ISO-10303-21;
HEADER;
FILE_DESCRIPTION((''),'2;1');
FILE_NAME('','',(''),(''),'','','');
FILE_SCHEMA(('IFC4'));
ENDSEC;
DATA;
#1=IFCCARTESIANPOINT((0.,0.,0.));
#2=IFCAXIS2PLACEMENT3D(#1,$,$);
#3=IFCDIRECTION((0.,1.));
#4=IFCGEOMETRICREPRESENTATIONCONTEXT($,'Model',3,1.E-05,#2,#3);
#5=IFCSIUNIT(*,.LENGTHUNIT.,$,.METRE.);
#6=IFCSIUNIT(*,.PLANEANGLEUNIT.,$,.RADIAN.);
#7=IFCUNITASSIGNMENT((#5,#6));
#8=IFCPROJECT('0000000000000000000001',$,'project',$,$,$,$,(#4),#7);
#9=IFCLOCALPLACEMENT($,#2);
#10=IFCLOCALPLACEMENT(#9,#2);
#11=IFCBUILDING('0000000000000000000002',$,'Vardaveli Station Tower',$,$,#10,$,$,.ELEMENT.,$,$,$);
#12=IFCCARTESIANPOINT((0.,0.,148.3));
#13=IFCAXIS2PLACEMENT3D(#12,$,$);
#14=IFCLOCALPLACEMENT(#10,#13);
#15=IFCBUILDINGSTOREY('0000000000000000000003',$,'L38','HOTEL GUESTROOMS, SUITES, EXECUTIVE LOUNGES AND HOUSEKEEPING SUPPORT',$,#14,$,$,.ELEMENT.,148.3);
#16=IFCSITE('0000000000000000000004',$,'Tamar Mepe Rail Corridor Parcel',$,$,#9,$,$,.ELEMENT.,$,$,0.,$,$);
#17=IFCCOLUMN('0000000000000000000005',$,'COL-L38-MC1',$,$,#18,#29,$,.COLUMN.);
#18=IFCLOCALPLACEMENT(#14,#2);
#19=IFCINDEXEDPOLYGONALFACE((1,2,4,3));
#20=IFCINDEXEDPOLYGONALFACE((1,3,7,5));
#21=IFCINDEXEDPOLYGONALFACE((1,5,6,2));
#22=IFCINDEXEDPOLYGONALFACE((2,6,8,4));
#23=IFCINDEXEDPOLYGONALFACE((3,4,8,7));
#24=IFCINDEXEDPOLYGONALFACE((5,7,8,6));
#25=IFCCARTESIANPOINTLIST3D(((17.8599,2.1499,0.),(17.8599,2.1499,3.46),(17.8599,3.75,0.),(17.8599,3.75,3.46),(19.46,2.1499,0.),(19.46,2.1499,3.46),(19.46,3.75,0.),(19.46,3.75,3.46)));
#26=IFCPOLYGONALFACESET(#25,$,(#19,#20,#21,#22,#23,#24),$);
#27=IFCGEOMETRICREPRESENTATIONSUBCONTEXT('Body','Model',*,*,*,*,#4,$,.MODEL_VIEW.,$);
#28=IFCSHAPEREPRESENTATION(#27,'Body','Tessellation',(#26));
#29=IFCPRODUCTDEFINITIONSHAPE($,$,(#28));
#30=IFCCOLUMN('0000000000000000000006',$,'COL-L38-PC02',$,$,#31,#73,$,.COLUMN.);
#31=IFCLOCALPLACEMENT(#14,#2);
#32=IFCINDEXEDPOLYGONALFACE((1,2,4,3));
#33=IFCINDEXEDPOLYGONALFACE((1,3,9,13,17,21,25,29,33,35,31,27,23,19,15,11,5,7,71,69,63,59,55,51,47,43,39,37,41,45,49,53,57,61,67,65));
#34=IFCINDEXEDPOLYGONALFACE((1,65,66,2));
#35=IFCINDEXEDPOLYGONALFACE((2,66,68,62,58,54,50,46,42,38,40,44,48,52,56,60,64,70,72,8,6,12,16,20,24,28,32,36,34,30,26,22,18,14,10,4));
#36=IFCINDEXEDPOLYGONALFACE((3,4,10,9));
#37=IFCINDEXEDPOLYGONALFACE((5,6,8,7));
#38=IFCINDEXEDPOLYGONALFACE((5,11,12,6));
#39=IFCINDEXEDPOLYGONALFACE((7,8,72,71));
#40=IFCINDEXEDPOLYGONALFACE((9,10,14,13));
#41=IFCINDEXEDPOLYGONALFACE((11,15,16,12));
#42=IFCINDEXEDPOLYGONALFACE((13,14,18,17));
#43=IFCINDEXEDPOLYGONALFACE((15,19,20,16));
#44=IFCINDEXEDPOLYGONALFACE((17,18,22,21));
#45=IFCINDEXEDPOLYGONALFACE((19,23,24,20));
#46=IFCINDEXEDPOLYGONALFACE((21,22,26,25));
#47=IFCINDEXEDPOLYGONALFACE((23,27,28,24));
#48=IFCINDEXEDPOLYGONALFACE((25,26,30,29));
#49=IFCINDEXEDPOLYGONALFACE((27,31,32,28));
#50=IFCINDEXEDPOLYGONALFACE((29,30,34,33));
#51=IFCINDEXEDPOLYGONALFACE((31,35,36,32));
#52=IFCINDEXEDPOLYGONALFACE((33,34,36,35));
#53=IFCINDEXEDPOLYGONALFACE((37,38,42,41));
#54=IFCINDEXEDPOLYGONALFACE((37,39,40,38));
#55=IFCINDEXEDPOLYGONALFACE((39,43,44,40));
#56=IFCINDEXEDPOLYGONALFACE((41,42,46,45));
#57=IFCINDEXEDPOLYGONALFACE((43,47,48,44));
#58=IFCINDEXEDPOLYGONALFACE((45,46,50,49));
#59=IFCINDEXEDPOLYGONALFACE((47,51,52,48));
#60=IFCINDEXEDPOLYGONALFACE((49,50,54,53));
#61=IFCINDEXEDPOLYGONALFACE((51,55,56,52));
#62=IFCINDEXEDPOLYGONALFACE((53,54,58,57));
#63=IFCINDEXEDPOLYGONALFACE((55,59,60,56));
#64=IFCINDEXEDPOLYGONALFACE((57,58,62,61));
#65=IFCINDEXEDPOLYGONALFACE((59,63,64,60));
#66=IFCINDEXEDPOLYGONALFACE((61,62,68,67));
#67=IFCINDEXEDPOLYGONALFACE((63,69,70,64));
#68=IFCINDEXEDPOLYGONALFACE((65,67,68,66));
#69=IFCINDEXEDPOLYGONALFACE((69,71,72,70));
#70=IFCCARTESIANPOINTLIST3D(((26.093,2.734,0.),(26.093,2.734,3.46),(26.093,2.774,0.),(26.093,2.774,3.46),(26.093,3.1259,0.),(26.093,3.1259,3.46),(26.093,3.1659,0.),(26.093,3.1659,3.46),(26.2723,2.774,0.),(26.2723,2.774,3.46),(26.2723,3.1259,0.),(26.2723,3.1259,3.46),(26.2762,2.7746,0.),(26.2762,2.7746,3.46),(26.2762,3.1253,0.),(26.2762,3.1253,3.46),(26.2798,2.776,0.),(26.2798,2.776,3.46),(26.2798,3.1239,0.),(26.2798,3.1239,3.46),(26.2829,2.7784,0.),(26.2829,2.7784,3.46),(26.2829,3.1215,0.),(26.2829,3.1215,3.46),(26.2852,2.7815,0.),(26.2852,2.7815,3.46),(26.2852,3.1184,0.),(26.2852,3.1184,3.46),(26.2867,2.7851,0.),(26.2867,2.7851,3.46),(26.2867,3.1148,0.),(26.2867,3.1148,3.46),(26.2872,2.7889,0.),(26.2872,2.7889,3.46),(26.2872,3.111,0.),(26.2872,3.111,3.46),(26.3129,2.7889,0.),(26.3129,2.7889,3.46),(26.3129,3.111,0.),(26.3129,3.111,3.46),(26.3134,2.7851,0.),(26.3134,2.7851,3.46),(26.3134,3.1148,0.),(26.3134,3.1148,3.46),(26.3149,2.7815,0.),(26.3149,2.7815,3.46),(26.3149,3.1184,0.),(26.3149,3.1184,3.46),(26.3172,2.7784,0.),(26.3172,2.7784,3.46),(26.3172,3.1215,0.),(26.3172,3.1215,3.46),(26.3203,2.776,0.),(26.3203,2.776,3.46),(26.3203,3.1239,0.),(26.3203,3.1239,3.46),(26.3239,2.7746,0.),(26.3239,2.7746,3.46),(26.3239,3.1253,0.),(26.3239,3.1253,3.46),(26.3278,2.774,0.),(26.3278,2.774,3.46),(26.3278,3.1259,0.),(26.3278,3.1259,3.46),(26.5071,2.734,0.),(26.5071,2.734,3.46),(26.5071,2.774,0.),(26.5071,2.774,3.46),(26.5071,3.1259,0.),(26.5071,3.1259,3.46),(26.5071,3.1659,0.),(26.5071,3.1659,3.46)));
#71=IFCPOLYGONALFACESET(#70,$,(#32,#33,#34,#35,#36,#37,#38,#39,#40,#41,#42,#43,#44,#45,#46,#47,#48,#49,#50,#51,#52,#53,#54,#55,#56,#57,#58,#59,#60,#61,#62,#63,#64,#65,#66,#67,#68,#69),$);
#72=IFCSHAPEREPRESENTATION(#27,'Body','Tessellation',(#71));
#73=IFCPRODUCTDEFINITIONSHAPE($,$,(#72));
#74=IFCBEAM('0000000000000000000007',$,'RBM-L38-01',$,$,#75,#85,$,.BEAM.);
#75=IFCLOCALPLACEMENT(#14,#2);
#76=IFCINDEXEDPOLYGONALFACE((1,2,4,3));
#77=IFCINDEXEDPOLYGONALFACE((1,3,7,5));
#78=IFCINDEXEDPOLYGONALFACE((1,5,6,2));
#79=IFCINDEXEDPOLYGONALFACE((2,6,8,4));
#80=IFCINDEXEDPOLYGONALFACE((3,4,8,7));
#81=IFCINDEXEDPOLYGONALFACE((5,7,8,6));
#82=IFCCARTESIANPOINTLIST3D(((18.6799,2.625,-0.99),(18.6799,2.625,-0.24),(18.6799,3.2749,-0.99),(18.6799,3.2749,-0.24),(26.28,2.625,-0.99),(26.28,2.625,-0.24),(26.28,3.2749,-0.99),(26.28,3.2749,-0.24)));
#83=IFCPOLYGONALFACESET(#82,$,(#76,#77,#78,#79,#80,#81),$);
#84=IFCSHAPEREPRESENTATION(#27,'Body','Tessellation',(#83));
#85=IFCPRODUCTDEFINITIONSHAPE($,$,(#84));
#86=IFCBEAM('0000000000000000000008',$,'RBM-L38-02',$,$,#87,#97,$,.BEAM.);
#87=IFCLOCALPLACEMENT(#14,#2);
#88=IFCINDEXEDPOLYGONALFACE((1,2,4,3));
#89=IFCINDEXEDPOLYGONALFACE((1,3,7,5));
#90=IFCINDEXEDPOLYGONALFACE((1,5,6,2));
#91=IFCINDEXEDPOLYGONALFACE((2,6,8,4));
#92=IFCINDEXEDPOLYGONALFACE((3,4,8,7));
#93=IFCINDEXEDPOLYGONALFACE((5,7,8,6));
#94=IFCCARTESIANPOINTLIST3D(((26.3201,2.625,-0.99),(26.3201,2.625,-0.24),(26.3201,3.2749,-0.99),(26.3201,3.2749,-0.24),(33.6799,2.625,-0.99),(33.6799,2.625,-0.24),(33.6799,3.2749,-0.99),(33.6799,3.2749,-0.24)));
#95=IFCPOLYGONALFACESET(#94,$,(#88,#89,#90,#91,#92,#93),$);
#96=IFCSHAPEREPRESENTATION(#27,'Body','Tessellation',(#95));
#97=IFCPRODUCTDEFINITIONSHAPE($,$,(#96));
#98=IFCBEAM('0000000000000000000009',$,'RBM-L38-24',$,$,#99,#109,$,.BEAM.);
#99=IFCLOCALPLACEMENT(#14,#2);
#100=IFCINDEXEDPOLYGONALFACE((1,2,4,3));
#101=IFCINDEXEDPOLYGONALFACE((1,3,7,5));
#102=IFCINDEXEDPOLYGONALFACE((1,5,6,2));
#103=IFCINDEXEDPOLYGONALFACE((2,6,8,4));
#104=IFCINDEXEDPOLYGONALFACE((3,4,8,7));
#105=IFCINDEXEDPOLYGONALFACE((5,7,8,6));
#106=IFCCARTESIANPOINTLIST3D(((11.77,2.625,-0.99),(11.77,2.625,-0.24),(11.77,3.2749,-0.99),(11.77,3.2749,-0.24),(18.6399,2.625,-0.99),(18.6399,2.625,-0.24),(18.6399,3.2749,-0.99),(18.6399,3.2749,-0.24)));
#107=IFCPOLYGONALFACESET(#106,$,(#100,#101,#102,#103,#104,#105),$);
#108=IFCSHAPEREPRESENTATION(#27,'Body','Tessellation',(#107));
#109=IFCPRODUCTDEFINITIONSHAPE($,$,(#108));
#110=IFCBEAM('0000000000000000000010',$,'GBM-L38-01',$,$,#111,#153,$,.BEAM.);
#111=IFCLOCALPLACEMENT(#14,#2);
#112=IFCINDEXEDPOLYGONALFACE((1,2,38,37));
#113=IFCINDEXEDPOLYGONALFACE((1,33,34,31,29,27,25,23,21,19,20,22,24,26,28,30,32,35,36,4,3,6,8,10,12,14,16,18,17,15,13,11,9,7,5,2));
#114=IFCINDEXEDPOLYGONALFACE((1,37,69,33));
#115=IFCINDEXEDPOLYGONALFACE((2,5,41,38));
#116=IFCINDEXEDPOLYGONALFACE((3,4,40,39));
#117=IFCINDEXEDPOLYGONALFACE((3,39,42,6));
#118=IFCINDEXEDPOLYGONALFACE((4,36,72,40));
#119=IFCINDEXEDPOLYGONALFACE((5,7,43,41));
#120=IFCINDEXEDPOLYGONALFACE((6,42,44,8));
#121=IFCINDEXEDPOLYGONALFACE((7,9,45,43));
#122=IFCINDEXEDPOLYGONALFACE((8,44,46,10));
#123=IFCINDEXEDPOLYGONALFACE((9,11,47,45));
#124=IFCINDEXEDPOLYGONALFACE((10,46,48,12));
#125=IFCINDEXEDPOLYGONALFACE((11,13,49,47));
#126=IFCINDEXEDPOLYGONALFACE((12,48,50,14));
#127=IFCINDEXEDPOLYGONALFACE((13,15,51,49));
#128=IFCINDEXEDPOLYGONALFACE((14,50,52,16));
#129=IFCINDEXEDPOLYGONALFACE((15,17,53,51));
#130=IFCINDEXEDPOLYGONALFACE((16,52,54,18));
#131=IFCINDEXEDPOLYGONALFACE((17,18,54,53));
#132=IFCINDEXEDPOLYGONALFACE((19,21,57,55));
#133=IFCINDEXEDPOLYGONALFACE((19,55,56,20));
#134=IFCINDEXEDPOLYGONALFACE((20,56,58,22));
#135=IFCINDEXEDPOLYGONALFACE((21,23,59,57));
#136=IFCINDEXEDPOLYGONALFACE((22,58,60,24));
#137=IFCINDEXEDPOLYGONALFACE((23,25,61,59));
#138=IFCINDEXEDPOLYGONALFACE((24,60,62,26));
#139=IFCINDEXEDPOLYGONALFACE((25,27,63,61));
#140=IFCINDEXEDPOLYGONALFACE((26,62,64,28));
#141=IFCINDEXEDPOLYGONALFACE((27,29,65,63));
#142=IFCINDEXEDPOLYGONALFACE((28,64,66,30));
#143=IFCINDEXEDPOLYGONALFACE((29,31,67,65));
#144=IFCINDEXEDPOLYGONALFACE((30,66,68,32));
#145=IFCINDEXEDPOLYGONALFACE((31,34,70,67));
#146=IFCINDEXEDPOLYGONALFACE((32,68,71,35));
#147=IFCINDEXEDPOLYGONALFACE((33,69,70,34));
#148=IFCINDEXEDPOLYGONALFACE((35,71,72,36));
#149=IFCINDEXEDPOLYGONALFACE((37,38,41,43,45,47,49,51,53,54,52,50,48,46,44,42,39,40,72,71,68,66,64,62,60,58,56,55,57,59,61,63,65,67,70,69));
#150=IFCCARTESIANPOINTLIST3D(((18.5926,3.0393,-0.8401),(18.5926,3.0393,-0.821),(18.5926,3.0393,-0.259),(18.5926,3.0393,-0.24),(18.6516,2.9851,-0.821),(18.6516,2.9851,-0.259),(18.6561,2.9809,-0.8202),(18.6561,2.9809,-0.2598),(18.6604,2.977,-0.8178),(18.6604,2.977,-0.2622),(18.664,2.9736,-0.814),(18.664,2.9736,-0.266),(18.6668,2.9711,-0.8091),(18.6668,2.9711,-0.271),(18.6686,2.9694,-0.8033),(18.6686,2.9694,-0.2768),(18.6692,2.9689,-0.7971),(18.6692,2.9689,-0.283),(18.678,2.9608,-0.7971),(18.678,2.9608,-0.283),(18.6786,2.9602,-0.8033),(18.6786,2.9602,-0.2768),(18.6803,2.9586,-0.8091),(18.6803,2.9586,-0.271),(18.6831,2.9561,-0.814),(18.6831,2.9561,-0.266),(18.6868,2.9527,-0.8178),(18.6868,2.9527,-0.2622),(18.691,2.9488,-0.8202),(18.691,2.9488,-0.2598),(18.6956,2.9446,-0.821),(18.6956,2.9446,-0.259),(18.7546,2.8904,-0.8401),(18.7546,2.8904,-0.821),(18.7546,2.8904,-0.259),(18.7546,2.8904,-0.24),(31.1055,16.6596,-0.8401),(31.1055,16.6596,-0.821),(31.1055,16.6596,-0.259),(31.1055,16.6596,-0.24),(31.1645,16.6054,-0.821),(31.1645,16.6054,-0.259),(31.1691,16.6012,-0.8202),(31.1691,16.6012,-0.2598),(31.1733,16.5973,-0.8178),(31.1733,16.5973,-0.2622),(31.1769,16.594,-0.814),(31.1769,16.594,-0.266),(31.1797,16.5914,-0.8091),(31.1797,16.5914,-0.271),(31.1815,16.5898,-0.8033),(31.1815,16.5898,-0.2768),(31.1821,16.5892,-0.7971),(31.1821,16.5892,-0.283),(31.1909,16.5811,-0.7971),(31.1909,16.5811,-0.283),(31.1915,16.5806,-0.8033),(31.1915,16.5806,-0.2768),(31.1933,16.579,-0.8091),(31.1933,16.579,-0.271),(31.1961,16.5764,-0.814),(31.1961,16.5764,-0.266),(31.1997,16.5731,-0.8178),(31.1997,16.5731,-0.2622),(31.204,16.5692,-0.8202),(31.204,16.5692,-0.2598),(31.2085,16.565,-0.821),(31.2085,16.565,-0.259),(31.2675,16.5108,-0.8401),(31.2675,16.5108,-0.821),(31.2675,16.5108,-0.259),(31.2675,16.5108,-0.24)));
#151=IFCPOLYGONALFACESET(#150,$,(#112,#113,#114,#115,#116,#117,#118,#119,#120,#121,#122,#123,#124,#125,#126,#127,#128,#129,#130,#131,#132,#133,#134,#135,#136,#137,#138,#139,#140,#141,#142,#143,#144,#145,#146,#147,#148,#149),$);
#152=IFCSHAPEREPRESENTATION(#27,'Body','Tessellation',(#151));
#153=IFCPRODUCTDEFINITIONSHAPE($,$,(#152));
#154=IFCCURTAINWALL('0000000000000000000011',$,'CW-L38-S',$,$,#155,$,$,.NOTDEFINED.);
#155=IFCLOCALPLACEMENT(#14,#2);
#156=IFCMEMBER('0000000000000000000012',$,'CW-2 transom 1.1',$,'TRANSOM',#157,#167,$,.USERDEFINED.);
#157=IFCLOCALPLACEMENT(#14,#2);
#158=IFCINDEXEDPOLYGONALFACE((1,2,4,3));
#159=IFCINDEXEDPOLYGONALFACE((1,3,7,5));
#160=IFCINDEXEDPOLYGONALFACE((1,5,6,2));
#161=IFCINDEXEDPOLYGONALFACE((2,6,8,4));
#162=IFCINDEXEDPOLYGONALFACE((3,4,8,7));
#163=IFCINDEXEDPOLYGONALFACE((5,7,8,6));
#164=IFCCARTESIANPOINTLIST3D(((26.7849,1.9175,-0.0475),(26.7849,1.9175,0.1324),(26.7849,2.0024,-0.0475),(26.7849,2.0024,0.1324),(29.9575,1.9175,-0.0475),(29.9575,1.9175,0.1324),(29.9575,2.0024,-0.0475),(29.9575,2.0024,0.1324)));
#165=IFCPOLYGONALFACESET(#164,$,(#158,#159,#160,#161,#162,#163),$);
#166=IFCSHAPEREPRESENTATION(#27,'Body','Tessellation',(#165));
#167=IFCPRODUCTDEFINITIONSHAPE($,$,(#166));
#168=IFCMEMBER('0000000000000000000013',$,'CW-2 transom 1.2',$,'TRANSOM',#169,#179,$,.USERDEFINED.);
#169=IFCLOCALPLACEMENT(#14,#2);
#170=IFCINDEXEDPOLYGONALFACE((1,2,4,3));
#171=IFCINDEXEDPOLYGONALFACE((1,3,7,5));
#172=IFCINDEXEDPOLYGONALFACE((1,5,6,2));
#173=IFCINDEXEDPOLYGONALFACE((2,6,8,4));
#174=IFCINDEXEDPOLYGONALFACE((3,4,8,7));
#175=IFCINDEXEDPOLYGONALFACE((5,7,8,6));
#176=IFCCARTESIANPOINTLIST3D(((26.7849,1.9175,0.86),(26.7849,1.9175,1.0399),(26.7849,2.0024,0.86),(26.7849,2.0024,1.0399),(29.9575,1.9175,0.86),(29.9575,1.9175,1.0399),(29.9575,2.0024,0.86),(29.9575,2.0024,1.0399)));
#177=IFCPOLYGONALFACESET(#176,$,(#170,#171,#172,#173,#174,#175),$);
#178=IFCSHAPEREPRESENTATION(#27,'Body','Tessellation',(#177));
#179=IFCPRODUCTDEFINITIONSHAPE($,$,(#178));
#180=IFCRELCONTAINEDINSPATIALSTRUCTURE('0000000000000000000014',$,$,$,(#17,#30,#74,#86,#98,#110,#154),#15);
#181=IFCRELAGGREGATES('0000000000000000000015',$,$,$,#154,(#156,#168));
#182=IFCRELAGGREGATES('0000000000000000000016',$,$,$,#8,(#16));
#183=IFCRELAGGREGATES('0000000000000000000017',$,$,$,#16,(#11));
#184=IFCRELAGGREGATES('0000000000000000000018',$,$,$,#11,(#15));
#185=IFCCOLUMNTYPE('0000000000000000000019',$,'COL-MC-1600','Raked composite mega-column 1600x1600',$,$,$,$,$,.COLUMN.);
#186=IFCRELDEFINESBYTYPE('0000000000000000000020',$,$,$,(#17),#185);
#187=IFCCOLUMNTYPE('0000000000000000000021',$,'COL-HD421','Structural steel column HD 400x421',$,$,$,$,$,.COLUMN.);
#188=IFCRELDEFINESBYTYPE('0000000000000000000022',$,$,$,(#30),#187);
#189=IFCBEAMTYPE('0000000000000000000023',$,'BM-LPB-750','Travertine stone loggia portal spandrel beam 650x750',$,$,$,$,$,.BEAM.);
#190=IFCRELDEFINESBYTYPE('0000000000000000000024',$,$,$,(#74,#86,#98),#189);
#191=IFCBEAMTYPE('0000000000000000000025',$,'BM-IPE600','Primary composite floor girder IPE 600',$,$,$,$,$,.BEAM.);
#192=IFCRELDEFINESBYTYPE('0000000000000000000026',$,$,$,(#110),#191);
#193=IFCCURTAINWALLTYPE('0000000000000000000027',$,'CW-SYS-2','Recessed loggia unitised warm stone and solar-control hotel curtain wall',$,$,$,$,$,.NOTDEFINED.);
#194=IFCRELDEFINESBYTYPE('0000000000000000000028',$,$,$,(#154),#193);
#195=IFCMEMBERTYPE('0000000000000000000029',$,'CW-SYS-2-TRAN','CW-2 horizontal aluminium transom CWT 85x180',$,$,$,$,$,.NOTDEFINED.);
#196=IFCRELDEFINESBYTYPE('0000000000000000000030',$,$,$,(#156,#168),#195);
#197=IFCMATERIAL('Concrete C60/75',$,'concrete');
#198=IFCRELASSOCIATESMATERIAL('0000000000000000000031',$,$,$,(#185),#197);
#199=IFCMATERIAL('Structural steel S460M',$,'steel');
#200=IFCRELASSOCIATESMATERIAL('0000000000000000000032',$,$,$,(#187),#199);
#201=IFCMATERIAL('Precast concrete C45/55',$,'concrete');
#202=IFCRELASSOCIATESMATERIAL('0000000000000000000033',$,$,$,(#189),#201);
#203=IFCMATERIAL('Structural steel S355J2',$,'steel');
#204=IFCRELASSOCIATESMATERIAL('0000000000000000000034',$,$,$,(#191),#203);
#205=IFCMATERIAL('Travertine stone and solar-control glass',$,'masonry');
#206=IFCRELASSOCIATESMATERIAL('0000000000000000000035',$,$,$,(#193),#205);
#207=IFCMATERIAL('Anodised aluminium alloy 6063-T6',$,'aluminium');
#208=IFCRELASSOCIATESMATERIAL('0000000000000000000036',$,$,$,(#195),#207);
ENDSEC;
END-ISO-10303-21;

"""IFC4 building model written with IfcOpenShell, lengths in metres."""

from ifc_helpers import new_model, si_unit, direction, frame, origin, origin_2d, place, context, subcontext, project, spatial, rectangle, i_section, extrude, source, transform, mapped, material, material_profile, profile_set, type_object, element, aggregate, save


model = new_model("IFC4")

# Units and contexts
model_context = context("Model", 3, precision=1e-05, world=origin(), true_north=direction((0.0, 1.0)))
body_context = subcontext(model_context, "Body", "Model", "MODEL_VIEW")
ifc_project = project(units=[si_unit("LENGTHUNIT", "METRE"), si_unit("PLANEANGLEUNIT", "RADIAN")], contexts=[model_context])

# Site, building, storey
site_placement = place(None, origin())
site = spatial("IfcSite", under=ifc_project, at=site_placement, Name="Tamar Mepe Rail Corridor Parcel", CompositionType="ELEMENT", RefElevation=0.0)
building_placement = place(site_placement, origin())
building = spatial("IfcBuilding", under=site, at=building_placement, Name="Vardaveli Station Tower", CompositionType="ELEMENT")
storey_placement = place(building_placement, frame((0.0, 0.0, 148.3)))
storey = spatial("IfcBuildingStorey", under=building, at=storey_placement, Name="L38", Description="HOTEL GUESTROOMS, SUITES, EXECUTIVE LOUNGES AND HOUSEKEEPING SUPPORT", CompositionType="ELEMENT", Elevation=148.3)

# Columns
ifc_material_1 = material(Name="Concrete C60/75", Category="concrete")
ifc_material_profile_1 = material_profile(ifc_material_1, rectangle(XDim=1.6001, YDim=1.6001, at=origin_2d()), Name="MC 1600x1600")
ifc_profile_set_1 = profile_set([ifc_material_profile_1], Name="Concrete C60/75")
column_type_1 = type_object("IfcColumnType", Name="COL-MC-1600", Description="Raked composite mega-column 1600x1600", PredefinedType="COLUMN", material=ifc_profile_set_1)
shared_shape_1 = source(origin(), body_context, "Body", "SweptSolid", [
    extrude(rectangle(XDim=1.6001, YDim=1.6001, at=origin_2d()), origin(), (0.0, 0.0, 1.0), 3.46),
])
column_1_placement = place(storey_placement, frame((18.6599, 2.95, 0.0), z_axis=(0.0, 0.0, 1.0), x_axis=(1.0, 0.0, 0.0)))
element("IfcColumn", 1, at=column_1_placement, inside=storey, type_object=column_type_1, Name="COL-L38-MC1", PredefinedType="COLUMN", context=body_context, shape_type="MappedRepresentation", body=[
    mapped(shared_shape_1, transform((0.0, 0.0, 0.0), scale=1.0)),
])
ifc_material_2 = material(Name="Structural steel S460M", Category="steel")
ifc_material_profile_2 = material_profile(ifc_material_2, i_section(OverallWidth=0.4141, OverallDepth=0.4319, WebThickness=0.0256, FlangeThickness=0.04, FilletRadius=0.0149, at=origin_2d()), Name="HD 400x421")
ifc_profile_set_2 = profile_set([ifc_material_profile_2], Name="Structural steel S460M")
column_type_2 = type_object("IfcColumnType", Name="COL-HD421", Description="Structural steel column HD 400x421", PredefinedType="COLUMN", material=ifc_profile_set_2)
shared_shape_2 = source(origin(), body_context, "Body", "SweptSolid", [
    extrude(i_section(OverallWidth=0.4141, OverallDepth=0.4319, WebThickness=0.0256, FlangeThickness=0.04, FilletRadius=0.0149, at=origin_2d()), origin(), (0.0, 0.0, 1.0), 3.46),
])
column_2_placement = place(storey_placement, frame((26.3, 2.95, 0.0), z_axis=(0.0, 0.0, 1.0), x_axis=(1.0, 0.0, 0.0)))
element("IfcColumn", 2, at=column_2_placement, inside=storey, type_object=column_type_2, Name="COL-L38-PC02", PredefinedType="COLUMN", context=body_context, shape_type="MappedRepresentation", body=[
    mapped(shared_shape_2, transform((0.0, 0.0, 0.0), scale=1.0)),
])

# Beams
ifc_material_3 = material(Name="Precast concrete C45/55", Category="concrete")
ifc_material_profile_3 = material_profile(ifc_material_3, rectangle(XDim=0.6499, YDim=0.75, at=origin_2d()), Name="LPB 650x750")
ifc_profile_set_3 = profile_set([ifc_material_profile_3], Name="Precast concrete C45/55")
beam_type_1 = type_object("IfcBeamType", Name="BM-LPB-750", Description="Travertine stone loggia portal spandrel beam 650x750", PredefinedType="BEAM", material=ifc_profile_set_3)
shared_shape_3 = source(origin(), body_context, "Body", "SweptSolid", [
    extrude(rectangle(XDim=0.6499, YDim=0.75, at=origin_2d()), origin(), (0.0, 0.0, 1.0), 7.6001),
])
beam_1_placement = place(storey_placement, frame((18.6799, 2.95, -0.615), z_axis=(1.0, 0.0, 0.0), x_axis=(0.0, 1.0, 0.0)))
element("IfcBeam", 3, at=beam_1_placement, inside=storey, type_object=beam_type_1, Name="RBM-L38-01", PredefinedType="BEAM", context=body_context, shape_type="MappedRepresentation", body=[
    mapped(shared_shape_3, transform((0.0, 0.0, 0.0), scale=1.0)),
])
shared_shape_4 = source(origin(), body_context, "Body", "SweptSolid", [
    extrude(rectangle(XDim=0.6499, YDim=0.75, at=origin_2d()), origin(), (0.0, 0.0, 1.0), 7.3599),
])
beam_2_placement = place(storey_placement, frame((26.3201, 2.95, -0.615), z_axis=(1.0, 0.0, 0.0), x_axis=(0.0, 1.0, 0.0)))
element("IfcBeam", 4, at=beam_2_placement, inside=storey, type_object=beam_type_1, Name="RBM-L38-02", PredefinedType="BEAM", context=body_context, shape_type="MappedRepresentation", body=[
    mapped(shared_shape_4, transform((0.0, 0.0, 0.0), scale=1.0)),
])
shared_shape_5 = source(origin(), body_context, "Body", "SweptSolid", [
    extrude(rectangle(XDim=0.6499, YDim=0.75, at=origin_2d()), origin(), (0.0, 0.0, 1.0), 6.8699),
])
beam_3_placement = place(storey_placement, frame((11.77, 2.95, -0.615), z_axis=(1.0, 0.0, 0.0), x_axis=(0.0, 1.0, 0.0)))
element("IfcBeam", 5, at=beam_3_placement, inside=storey, type_object=beam_type_1, Name="RBM-L38-24", PredefinedType="BEAM", context=body_context, shape_type="MappedRepresentation", body=[
    mapped(shared_shape_5, transform((0.0, 0.0, 0.0), scale=1.0)),
])
ifc_material_4 = material(Name="Structural steel S355J2", Category="steel")
ifc_material_profile_4 = material_profile(ifc_material_4, i_section(OverallWidth=0.22, OverallDepth=0.6001, WebThickness=0.012, FlangeThickness=0.019, FilletRadius=0.0239, at=origin_2d()), Name="IPE 600")
ifc_profile_set_4 = profile_set([ifc_material_profile_4], Name="Structural steel S355J2")
beam_type_2 = type_object("IfcBeamType", Name="BM-IPE600", Description="Primary composite floor girder IPE 600", PredefinedType="BEAM", material=ifc_profile_set_4)
shared_shape_6 = source(origin(), body_context, "Body", "SweptSolid", [
    extrude(i_section(OverallWidth=0.22, OverallDepth=0.6001, WebThickness=0.012, FlangeThickness=0.019, FilletRadius=0.0239, at=origin_2d()), origin(), (0.0, 0.0, 1.0), 18.4956),
])
beam_4_placement = place(storey_placement, frame((18.6736, 2.9648, -0.54), z_axis=(0.676535, 0.73641, 0.0), x_axis=(-0.73641, 0.676535, 0.0)))
element("IfcBeam", 6, at=beam_4_placement, inside=storey, type_object=beam_type_2, Name="GBM-L38-01", PredefinedType="BEAM", context=body_context, shape_type="MappedRepresentation", body=[
    mapped(shared_shape_6, transform((0.0, 0.0, 0.0), scale=1.0)),
])

# Curtain wall, members
ifc_material_5 = material(Name="Travertine stone and solar-control glass", Category="masonry")
curtain_wall_type = type_object("IfcCurtainWallType", Name="CW-SYS-2", Description="Recessed loggia unitised warm stone and solar-control hotel curtain wall", PredefinedType="NOTDEFINED", material=ifc_material_5)
curtain_wall_placement = place(storey_placement, origin())
curtain_wall = element("IfcCurtainWall", 7, at=curtain_wall_placement, inside=storey, type_object=curtain_wall_type, Name="CW-L38-S", PredefinedType="NOTDEFINED")
ifc_material_6 = material(Name="Anodised aluminium alloy 6063-T6", Category="aluminium")
ifc_material_profile_5 = material_profile(ifc_material_6, rectangle(XDim=0.085, YDim=0.1799, at=origin_2d()), Name="CWT 85x180")
ifc_profile_set_5 = profile_set([ifc_material_profile_5], Name="Anodised aluminium alloy 6063-T6")
member_type_1 = type_object("IfcMemberType", Name="CW-SYS-2-TRAN", Description="CW-2 horizontal aluminium transom CWT 85x180", PredefinedType="NOTDEFINED", material=ifc_profile_set_5)
shared_shape_7 = source(origin(), body_context, "Body", "SweptSolid", [
    extrude(rectangle(XDim=0.085, YDim=0.1799, at=origin_2d()), origin(), (0.0, 0.0, 1.0), 3.1726),
])
member_1_placement = place(storey_placement, frame((26.7849, 1.96, 0.0425), z_axis=(1.0, 0.0, 0.0), x_axis=(0.0, 1.0, 0.0)))
member_1 = element("IfcMember", 8, at=member_1_placement, type_object=member_type_1, Name="CW-2 transom 1.1", ObjectType="TRANSOM", PredefinedType="USERDEFINED", context=body_context, shape_type="MappedRepresentation", body=[
    mapped(shared_shape_7, transform((0.0, 0.0, 0.0), scale=1.0)),
])
member_2_placement = place(storey_placement, frame((26.7849, 1.96, 0.95), z_axis=(1.0, 0.0, 0.0), x_axis=(0.0, 1.0, 0.0)))
member_2 = element("IfcMember", 9, at=member_2_placement, type_object=member_type_1, Name="CW-2 transom 1.2", ObjectType="TRANSOM", PredefinedType="USERDEFINED", context=body_context, shape_type="MappedRepresentation", body=[
    mapped(shared_shape_7, transform((0.0, 0.0, 0.0), scale=1.0)),
])

aggregate(curtain_wall, [member_1, member_2])

save(model, "model.ifc")
